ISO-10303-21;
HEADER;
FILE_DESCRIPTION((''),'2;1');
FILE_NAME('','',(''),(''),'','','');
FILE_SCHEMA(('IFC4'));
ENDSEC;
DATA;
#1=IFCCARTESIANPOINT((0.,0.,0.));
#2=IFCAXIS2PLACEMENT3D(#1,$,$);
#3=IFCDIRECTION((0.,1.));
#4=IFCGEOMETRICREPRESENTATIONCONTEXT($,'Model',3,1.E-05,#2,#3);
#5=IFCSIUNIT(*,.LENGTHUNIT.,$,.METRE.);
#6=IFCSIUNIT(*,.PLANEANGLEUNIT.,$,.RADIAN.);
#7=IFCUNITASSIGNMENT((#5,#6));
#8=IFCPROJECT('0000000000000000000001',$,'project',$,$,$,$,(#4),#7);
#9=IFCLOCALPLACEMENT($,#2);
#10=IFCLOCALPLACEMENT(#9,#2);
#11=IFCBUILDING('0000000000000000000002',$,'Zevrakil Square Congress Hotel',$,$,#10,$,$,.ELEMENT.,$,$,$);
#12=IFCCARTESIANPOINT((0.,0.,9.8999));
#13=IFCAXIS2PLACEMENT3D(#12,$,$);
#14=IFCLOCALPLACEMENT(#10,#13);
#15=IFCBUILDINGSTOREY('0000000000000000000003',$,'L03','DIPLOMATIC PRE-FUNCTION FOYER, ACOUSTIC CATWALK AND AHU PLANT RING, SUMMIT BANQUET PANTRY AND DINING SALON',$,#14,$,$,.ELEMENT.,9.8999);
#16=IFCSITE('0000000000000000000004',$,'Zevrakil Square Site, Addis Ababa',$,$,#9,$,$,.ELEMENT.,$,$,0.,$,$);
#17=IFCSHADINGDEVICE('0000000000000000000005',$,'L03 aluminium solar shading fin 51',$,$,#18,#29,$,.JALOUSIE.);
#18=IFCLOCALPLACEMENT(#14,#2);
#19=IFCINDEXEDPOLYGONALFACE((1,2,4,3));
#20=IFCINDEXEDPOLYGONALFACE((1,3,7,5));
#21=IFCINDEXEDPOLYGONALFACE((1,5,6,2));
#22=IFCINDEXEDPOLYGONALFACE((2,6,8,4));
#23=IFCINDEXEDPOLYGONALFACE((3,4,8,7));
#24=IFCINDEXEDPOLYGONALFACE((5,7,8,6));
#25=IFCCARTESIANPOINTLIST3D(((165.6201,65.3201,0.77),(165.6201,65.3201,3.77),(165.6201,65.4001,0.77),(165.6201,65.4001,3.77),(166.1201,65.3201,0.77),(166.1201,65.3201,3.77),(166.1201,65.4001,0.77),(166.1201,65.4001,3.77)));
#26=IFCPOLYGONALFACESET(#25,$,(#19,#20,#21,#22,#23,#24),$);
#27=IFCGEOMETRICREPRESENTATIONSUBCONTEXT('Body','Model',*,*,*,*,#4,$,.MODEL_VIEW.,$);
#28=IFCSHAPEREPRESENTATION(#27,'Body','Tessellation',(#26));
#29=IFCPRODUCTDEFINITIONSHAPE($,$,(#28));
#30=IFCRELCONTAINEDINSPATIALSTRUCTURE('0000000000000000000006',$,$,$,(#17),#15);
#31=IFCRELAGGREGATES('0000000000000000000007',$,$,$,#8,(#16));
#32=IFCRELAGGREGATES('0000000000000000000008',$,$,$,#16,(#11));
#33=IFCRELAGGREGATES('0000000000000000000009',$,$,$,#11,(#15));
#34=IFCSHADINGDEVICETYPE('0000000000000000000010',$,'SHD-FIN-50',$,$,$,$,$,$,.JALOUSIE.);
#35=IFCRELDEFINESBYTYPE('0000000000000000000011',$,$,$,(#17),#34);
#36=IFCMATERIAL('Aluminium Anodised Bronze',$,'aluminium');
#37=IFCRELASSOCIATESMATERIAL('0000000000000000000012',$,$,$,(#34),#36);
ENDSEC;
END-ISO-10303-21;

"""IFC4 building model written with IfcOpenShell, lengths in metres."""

from ifc_helpers import new_model, si_unit, direction, frame, origin, origin_2d, place, context, subcontext, project, spatial, rectangle, extrude, material, type_object, element, save


model = new_model("IFC4")

# Units and contexts
model_context = context("Model", 3, precision=1e-05, world=origin(), true_north=direction((0.0, 1.0)))
body_context = subcontext(model_context, "Body", "Model", "MODEL_VIEW")
ifc_project = project(units=[si_unit("LENGTHUNIT", "METRE"), si_unit("PLANEANGLEUNIT", "RADIAN")], contexts=[model_context])

# Site, building, storey
site_placement = place(None, origin())
site = spatial("IfcSite", under=ifc_project, at=site_placement, Name="Zevrakil Square Site, Addis Ababa", CompositionType="ELEMENT", RefElevation=0.0)
building_placement = place(site_placement, origin())
building = spatial("IfcBuilding", under=site, at=building_placement, Name="Zevrakil Square Congress Hotel", CompositionType="ELEMENT")
storey_placement = place(building_placement, frame((0.0, 0.0, 9.8999)))
storey = spatial("IfcBuildingStorey", under=building, at=storey_placement, Name="L03", Description="DIPLOMATIC PRE-FUNCTION FOYER, ACOUSTIC CATWALK AND AHU PLANT RING, SUMMIT BANQUET PANTRY AND DINING SALON", CompositionType="ELEMENT", Elevation=9.8999)

# Shading device
ifc_material_1 = material(Name="Aluminium Anodised Bronze", Category="aluminium")
shading_device_type = type_object("IfcShadingDeviceType", Name="SHD-FIN-50", PredefinedType="JALOUSIE", material=ifc_material_1)
shading_device_placement = place(storey_placement, frame((165.8701, 65.3601, 0.77), z_axis=(0.0, 0.0, 1.0), x_axis=(1.0, 0.0, 0.0)))
element("IfcShadingDevice", 1, at=shading_device_placement, inside=storey, type_object=shading_device_type, Name="L03 aluminium solar shading fin 51", PredefinedType="JALOUSIE", context=body_context, shape_type="SweptSolid", body=[
    extrude(rectangle(XDim=0.5, YDim=0.0801, at=origin_2d()), origin(), (0.0, 0.0, 1.0), 3.0),
])

save(model, "model.ifc")
